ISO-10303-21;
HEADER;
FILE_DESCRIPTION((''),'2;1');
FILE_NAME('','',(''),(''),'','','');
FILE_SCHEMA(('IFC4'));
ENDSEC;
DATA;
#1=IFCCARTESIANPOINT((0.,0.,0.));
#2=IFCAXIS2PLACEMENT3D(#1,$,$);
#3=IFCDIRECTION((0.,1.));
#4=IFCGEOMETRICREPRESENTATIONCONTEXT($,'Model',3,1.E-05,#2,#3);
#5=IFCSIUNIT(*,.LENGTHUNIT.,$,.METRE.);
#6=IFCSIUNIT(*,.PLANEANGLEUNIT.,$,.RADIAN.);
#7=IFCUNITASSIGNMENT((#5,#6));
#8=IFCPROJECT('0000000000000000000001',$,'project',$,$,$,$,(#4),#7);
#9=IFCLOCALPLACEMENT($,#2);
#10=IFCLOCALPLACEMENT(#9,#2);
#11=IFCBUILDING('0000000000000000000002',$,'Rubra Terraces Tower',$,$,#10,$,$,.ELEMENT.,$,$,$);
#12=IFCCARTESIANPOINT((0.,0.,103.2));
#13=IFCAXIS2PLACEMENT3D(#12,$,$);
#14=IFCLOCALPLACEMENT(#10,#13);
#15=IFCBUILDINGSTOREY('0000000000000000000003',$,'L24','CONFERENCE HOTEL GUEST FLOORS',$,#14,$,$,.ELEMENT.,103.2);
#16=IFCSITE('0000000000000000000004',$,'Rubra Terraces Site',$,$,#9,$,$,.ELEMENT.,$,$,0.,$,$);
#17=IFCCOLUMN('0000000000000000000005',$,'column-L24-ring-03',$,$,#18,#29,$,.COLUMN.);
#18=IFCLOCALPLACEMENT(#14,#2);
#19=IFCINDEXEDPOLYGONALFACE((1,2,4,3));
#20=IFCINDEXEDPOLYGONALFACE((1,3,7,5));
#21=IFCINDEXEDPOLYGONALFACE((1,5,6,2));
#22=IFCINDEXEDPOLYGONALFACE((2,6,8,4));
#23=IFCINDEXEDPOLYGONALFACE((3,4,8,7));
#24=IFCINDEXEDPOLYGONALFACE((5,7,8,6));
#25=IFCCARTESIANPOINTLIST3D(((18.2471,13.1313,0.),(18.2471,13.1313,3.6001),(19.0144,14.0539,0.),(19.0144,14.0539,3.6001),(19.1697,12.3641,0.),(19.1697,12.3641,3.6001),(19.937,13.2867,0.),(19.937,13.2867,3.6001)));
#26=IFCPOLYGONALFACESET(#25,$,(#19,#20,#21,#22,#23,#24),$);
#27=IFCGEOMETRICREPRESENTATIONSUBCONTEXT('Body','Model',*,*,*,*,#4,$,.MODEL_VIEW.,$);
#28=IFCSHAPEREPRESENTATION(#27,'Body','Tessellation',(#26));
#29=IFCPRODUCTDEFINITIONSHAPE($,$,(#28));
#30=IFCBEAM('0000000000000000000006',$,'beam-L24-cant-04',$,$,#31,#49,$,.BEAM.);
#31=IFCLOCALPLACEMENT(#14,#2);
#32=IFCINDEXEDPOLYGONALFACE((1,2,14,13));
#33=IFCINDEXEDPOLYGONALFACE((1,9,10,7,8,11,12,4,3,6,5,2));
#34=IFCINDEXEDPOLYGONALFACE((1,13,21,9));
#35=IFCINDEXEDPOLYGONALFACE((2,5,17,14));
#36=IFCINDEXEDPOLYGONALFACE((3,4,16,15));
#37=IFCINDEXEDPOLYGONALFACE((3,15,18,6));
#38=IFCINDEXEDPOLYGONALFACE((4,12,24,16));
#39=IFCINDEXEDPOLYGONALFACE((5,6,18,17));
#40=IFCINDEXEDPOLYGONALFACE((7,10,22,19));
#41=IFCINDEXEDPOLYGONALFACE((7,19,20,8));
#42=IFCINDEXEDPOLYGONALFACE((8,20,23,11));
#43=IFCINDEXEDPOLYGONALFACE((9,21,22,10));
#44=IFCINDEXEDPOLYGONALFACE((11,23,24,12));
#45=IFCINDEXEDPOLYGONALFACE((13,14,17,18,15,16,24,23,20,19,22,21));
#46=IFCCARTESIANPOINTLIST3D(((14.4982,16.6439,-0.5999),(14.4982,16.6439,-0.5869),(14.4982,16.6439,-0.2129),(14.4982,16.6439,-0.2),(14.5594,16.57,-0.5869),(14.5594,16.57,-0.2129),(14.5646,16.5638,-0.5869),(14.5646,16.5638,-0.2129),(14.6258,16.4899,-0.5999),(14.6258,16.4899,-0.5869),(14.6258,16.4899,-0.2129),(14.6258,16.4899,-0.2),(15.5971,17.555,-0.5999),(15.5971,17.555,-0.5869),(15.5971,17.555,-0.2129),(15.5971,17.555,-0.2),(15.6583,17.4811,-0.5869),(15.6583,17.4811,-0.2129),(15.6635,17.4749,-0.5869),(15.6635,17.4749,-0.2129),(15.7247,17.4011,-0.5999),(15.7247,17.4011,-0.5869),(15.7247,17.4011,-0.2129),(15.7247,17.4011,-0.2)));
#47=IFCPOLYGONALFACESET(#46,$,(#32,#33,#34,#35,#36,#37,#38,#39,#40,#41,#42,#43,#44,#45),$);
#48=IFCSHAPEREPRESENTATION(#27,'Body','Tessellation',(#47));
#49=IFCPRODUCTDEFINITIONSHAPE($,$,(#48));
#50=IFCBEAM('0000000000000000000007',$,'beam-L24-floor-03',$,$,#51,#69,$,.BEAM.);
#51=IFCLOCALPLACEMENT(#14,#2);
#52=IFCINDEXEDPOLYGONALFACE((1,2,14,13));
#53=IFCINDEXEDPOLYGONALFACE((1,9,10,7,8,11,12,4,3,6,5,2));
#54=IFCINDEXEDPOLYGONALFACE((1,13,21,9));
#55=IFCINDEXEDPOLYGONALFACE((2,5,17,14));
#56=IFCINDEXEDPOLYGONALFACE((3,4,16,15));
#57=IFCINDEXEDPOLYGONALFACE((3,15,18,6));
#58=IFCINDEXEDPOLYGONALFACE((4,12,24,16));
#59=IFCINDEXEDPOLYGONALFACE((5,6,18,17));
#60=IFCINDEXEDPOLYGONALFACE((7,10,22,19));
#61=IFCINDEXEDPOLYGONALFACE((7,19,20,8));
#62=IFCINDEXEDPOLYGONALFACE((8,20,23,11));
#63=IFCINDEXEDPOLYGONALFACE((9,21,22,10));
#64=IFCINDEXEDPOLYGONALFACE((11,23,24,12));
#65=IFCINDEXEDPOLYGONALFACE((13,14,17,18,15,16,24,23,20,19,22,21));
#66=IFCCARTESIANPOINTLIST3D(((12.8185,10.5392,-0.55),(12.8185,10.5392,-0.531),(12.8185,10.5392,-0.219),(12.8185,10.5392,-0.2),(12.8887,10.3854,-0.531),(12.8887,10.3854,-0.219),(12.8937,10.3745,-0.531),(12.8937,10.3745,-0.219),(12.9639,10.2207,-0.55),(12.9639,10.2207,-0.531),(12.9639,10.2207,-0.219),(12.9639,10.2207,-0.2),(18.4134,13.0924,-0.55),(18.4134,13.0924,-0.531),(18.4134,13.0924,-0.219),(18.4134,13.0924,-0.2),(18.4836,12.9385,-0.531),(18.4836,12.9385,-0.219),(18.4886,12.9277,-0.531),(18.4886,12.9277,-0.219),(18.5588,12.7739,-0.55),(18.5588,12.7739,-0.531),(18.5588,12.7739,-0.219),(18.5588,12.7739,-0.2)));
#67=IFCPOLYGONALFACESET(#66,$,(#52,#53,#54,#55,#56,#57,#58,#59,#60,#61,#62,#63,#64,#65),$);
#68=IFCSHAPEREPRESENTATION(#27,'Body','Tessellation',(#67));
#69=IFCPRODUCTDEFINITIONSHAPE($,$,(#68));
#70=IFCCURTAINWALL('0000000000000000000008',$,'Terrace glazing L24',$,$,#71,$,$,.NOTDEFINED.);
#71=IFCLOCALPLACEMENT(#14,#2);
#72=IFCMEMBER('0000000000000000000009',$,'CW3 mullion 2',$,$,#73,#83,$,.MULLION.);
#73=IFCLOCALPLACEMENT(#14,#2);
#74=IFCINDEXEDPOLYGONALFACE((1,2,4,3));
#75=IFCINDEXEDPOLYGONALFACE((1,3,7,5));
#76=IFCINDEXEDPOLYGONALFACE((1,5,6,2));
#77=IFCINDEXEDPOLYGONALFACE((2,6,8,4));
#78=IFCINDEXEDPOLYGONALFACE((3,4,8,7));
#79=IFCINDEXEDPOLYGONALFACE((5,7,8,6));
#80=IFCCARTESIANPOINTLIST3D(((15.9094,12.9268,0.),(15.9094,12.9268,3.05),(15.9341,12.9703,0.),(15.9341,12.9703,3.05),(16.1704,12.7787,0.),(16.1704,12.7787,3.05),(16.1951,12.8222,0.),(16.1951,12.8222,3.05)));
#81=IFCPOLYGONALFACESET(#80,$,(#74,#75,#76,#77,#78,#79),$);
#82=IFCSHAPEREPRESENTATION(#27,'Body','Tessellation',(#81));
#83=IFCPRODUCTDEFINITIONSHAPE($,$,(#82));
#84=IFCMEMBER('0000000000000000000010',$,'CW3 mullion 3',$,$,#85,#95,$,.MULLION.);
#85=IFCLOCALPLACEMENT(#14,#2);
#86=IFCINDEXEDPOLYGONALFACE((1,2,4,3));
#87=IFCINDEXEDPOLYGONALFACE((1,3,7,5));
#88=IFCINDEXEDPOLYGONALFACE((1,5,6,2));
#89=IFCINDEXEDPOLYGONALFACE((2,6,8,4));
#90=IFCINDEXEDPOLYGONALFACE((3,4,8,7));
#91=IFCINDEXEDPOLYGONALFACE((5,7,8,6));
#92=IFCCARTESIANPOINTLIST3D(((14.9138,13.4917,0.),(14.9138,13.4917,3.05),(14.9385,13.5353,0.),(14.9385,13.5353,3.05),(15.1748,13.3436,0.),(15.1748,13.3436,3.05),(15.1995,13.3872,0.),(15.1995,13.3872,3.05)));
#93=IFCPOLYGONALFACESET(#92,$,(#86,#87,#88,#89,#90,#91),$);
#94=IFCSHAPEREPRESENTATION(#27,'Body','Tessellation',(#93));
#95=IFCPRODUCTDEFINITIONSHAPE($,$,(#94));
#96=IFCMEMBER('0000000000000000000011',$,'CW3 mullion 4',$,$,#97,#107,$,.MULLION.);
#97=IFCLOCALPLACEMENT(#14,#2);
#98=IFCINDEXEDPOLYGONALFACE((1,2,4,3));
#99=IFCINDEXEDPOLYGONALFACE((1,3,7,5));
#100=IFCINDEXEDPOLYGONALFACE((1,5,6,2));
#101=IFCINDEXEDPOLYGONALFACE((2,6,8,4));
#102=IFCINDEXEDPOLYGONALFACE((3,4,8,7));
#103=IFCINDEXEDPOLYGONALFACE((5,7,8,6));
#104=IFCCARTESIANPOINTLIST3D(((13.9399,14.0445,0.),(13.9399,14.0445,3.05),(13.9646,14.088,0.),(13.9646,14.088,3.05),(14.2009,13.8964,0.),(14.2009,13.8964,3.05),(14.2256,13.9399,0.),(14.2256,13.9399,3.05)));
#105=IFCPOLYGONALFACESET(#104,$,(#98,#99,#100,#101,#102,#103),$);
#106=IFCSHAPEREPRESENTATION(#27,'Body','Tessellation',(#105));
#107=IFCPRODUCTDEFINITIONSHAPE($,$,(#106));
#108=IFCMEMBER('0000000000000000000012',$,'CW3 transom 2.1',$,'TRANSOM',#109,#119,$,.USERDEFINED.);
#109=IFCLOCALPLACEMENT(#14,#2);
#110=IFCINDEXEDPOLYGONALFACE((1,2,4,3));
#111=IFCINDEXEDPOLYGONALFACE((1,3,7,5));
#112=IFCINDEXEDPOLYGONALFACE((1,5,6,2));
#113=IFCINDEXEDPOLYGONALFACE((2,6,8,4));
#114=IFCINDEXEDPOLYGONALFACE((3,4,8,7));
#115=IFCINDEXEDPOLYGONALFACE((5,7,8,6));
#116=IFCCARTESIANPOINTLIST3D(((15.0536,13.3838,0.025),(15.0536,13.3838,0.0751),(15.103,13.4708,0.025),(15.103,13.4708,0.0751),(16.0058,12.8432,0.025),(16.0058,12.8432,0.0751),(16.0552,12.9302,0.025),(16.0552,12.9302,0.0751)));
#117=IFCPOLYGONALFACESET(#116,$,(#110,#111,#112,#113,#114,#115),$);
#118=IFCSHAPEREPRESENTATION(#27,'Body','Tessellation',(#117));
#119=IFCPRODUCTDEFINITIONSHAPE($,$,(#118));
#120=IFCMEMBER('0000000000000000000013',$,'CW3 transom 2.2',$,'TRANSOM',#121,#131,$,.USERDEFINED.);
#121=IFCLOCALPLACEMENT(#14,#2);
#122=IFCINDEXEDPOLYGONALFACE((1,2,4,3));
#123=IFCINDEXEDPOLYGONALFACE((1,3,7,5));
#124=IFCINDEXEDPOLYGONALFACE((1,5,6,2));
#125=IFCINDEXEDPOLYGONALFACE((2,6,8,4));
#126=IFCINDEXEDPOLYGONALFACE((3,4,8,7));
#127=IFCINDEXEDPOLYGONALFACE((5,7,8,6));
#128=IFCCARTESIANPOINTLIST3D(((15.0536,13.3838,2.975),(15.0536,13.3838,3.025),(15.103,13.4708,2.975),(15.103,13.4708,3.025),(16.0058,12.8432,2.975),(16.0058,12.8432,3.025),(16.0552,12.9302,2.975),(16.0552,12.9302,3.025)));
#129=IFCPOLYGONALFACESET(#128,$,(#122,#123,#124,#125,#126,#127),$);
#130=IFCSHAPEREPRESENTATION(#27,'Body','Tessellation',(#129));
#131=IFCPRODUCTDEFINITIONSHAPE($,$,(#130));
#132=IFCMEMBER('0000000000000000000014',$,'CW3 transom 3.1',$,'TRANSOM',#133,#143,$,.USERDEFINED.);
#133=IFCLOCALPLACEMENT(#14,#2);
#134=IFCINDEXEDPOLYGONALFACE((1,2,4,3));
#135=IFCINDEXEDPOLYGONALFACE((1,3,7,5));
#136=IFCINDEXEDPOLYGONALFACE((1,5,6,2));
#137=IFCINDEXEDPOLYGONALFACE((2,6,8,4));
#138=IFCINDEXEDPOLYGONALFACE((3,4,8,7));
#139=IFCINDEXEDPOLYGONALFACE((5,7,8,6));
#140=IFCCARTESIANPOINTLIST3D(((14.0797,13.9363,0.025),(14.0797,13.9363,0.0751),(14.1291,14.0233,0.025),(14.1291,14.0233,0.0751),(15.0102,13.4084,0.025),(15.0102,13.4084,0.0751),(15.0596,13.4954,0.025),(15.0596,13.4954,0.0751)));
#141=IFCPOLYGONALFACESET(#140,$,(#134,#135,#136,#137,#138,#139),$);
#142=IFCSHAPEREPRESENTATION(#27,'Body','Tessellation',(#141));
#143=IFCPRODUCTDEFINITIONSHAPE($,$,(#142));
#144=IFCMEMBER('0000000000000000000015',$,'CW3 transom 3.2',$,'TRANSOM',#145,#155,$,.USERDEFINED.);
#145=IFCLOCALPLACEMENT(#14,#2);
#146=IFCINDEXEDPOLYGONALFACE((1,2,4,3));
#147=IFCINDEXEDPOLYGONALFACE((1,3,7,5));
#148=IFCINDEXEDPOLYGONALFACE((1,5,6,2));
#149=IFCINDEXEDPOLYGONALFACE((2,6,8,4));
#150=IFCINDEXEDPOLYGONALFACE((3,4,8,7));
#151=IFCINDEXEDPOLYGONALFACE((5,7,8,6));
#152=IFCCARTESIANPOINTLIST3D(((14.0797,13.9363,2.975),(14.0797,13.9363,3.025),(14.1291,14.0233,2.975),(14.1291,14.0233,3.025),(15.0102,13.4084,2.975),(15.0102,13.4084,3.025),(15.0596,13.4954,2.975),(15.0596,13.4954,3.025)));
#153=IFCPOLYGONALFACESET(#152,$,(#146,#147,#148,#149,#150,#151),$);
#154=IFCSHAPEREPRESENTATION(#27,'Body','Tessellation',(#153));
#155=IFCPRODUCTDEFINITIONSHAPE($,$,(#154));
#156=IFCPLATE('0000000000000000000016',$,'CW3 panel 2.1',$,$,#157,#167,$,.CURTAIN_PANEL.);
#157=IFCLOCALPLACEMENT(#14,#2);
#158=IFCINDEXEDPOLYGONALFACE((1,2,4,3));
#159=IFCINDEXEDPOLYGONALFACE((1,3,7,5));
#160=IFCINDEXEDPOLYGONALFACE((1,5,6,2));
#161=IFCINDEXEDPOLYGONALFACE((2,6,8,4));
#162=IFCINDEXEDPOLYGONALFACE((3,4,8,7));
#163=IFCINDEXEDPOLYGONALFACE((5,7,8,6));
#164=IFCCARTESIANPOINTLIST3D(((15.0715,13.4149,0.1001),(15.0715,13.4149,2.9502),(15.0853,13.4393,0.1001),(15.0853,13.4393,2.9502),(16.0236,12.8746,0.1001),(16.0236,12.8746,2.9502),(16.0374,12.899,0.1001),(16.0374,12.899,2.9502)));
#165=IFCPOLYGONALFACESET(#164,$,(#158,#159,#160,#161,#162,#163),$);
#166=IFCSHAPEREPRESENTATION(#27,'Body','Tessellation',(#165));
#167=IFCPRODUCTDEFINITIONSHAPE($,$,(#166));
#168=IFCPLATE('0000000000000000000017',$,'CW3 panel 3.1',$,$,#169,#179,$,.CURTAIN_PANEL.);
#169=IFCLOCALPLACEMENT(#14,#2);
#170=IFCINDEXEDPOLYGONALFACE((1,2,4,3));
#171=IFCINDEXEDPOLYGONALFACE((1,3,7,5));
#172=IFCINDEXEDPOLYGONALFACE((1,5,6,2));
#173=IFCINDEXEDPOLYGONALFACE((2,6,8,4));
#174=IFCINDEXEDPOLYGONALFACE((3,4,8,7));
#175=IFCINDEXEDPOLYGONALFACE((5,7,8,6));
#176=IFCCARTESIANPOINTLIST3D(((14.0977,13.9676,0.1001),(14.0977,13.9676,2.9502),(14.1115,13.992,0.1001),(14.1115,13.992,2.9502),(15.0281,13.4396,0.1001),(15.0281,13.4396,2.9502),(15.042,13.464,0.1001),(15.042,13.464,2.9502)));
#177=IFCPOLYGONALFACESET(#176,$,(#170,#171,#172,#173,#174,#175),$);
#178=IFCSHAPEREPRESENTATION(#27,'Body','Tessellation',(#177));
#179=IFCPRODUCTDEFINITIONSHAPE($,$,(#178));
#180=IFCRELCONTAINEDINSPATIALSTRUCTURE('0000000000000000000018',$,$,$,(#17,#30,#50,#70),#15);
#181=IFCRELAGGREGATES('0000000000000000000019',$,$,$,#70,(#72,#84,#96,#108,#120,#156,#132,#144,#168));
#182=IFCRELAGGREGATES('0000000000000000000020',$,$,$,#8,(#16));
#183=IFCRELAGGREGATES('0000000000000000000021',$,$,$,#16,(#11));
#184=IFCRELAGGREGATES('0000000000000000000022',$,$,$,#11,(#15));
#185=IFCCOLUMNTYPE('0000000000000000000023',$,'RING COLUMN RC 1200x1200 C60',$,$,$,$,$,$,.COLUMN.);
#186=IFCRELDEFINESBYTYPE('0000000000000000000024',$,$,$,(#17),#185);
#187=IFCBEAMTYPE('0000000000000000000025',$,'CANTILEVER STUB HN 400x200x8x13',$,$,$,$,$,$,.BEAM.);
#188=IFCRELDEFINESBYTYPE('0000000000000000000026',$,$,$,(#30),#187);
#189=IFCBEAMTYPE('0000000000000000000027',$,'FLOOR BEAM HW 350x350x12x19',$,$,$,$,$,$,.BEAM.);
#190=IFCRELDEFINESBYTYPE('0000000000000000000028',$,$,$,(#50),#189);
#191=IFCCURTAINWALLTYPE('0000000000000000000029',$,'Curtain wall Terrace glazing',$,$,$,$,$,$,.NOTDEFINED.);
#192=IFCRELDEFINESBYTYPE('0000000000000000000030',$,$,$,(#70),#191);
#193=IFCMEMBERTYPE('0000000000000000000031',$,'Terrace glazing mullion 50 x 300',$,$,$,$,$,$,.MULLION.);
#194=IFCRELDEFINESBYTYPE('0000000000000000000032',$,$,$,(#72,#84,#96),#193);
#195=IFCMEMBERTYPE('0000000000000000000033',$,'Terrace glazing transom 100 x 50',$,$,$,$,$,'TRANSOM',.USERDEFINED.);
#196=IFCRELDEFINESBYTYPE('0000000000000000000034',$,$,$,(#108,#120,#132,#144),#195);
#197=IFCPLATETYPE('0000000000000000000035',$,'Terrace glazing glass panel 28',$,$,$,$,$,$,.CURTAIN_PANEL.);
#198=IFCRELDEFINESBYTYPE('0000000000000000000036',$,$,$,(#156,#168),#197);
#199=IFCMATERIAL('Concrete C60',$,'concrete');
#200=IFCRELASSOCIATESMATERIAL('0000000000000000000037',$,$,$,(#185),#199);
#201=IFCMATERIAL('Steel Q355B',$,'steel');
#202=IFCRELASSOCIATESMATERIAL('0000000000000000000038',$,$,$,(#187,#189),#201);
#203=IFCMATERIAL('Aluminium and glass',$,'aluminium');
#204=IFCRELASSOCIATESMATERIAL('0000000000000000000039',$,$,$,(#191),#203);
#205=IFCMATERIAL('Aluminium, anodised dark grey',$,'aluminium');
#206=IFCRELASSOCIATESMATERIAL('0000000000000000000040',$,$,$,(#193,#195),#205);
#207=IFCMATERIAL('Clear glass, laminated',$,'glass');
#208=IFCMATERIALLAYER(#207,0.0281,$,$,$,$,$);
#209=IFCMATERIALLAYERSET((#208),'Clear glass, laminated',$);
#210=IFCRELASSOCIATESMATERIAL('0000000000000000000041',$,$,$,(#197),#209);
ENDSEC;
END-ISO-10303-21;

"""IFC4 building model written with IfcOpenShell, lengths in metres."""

from ifc_helpers import new_model, si_unit, direction, frame, origin, origin_2d, place, context, subcontext, project, spatial, rectangle, i_section, extrude, material, layer, layer_set, material_profile, profile_set, type_object, element, aggregate, save


model = new_model("IFC4")

# Units and contexts
model_context = context("Model", 3, precision=1e-05, world=origin(), true_north=direction((0.0, 1.0)))
body_context = subcontext(model_context, "Body", "Model", "MODEL_VIEW")
ifc_project = project(units=[si_unit("LENGTHUNIT", "METRE"), si_unit("PLANEANGLEUNIT", "RADIAN")], contexts=[model_context])

# Site, building, storey
site_placement = place(None, origin())
site = spatial("IfcSite", under=ifc_project, at=site_placement, Name="Rubra Terraces Site", CompositionType="ELEMENT", RefElevation=0.0)
building_placement = place(site_placement, origin())
building = spatial("IfcBuilding", under=site, at=building_placement, Name="Rubra Terraces Tower", CompositionType="ELEMENT")
storey_placement = place(building_placement, frame((0.0, 0.0, 103.2)))
storey = spatial("IfcBuildingStorey", under=building, at=storey_placement, Name="L24", Description="CONFERENCE HOTEL GUEST FLOORS", CompositionType="ELEMENT", Elevation=103.2)

# Column
ifc_material_1 = material(Name="Concrete C60", Category="concrete")
ifc_material_profile_1 = material_profile(ifc_material_1, rectangle(XDim=1.2, YDim=1.2, at=origin_2d()), Name="RC 1200x1200")
ifc_profile_set_1 = profile_set([ifc_material_profile_1], Name="Concrete C60")
column_type = type_object("IfcColumnType", Name="RING COLUMN RC 1200x1200 C60", PredefinedType="COLUMN", material=ifc_profile_set_1)
column_placement = place(storey_placement, frame((19.092, 13.209, 0.0), z_axis=(0.0, 0.0, 1.0), x_axis=(-0.76887, 0.639405, 0.0)))
element("IfcColumn", 1, at=column_placement, inside=storey, type_object=column_type, Name="column-L24-ring-03", PredefinedType="COLUMN", context=body_context, shape_type="SweptSolid", body=[
    extrude(rectangle(XDim=1.2, YDim=1.2, at=origin_2d()), origin(), (0.0, 0.0, 1.0), 3.6001),
])

# Beams
ifc_material_2 = material(Name="Steel Q355B", Category="steel")
ifc_material_profile_2 = material_profile(ifc_material_2, i_section(OverallWidth=0.2, OverallDepth=0.3999, WebThickness=0.0081, FlangeThickness=0.0129, at=origin_2d()), Name="HN 400x200x8x13")
ifc_profile_set_2 = profile_set([ifc_material_profile_2], Name="Steel Q355B")
beam_type_1 = type_object("IfcBeamType", Name="CANTILEVER STUB HN 400x200x8x13", PredefinedType="BEAM", material=ifc_profile_set_2)
beam_1_placement = place(storey_placement, frame((14.562, 16.5669, -0.3999), z_axis=(0.769803, 0.638281, 0.0), x_axis=(-0.638281, 0.769803, 0.0)))
element("IfcBeam", 2, at=beam_1_placement, inside=storey, type_object=beam_type_1, Name="beam-L24-cant-04", PredefinedType="BEAM", context=body_context, shape_type="SweptSolid", body=[
    extrude(i_section(OverallWidth=0.2, OverallDepth=0.3999, WebThickness=0.0081, FlangeThickness=0.0129, at=origin_2d()), origin(), (0.0, 0.0, 1.0), 1.4275),
])
ifc_material_profile_3 = material_profile(ifc_material_2, i_section(OverallWidth=0.3501, OverallDepth=0.3501, WebThickness=0.012, FlangeThickness=0.019, at=origin_2d()), Name="HW 350x350x12x19")
ifc_profile_set_3 = profile_set([ifc_material_profile_3], Name="Steel Q355B")
beam_type_2 = type_object("IfcBeamType", Name="FLOOR BEAM HW 350x350x12x19", PredefinedType="BEAM", material=ifc_profile_set_3)
beam_2_placement = place(storey_placement, frame((18.4861, 12.9331, -0.375), z_axis=(-0.90975, -0.415157, 0.0), x_axis=(0.415157, -0.90975, 0.0)))
element("IfcBeam", 3, at=beam_2_placement, inside=storey, type_object=beam_type_2, Name="beam-L24-floor-03", PredefinedType="BEAM", context=body_context, shape_type="SweptSolid", body=[
    extrude(i_section(OverallWidth=0.3501, OverallDepth=0.3501, WebThickness=0.012, FlangeThickness=0.019, at=origin_2d()), origin(), (0.0, 0.0, 1.0), 6.1499),
])

# Curtain wall, members, plates
ifc_material_3 = material(Name="Aluminium and glass", Category="aluminium")
curtain_wall_type = type_object("IfcCurtainWallType", Name="Curtain wall Terrace glazing", PredefinedType="NOTDEFINED", material=ifc_material_3)
curtain_wall_placement = place(storey_placement, origin())
curtain_wall = element("IfcCurtainWall", 4, at=curtain_wall_placement, inside=storey, type_object=curtain_wall_type, Name="Terrace glazing L24", PredefinedType="NOTDEFINED")
ifc_material_4 = material(Name="Aluminium, anodised dark grey", Category="aluminium")
ifc_material_profile_4 = material_profile(ifc_material_4, rectangle(XDim=0.05, YDim=0.3, at=origin_2d()), Name="AL 50x300")
ifc_profile_set_4 = profile_set([ifc_material_profile_4], Name="Aluminium, anodised dark grey")
member_type_1 = type_object("IfcMemberType", Name="Terrace glazing mullion 50 x 300", PredefinedType="MULLION", material=ifc_profile_set_4)
member_1_placement = place(storey_placement, frame((16.0522, 12.8745, 0.0), z_axis=(0.0, 0.0, 1.0), x_axis=(-0.493534, -0.869726, 0.0)))
member_1 = element("IfcMember", 5, at=member_1_placement, type_object=member_type_1, Name="CW3 mullion 2", PredefinedType="MULLION", context=body_context, shape_type="SweptSolid", body=[
    extrude(rectangle(XDim=0.05, YDim=0.3, at=origin_2d()), origin(), (0.0, 0.0, 1.0), 3.05),
])
member_2_placement = place(storey_placement, frame((15.0566, 13.4395, 0.0), z_axis=(0.0, 0.0, 1.0), x_axis=(-0.493534, -0.869726, 0.0)))
member_2 = element("IfcMember", 6, at=member_2_placement, type_object=member_type_1, Name="CW3 mullion 3", PredefinedType="MULLION", context=body_context, shape_type="SweptSolid", body=[
    extrude(rectangle(XDim=0.05, YDim=0.3, at=origin_2d()), origin(), (0.0, 0.0, 1.0), 3.05),
])
member_3_placement = place(storey_placement, frame((14.0828, 13.9922, 0.0), z_axis=(0.0, 0.0, 1.0), x_axis=(-0.493534, -0.869726, 0.0)))
member_3 = element("IfcMember", 7, at=member_3_placement, type_object=member_type_1, Name="CW3 mullion 4", PredefinedType="MULLION", context=body_context, shape_type="SweptSolid", body=[
    extrude(rectangle(XDim=0.05, YDim=0.3, at=origin_2d()), origin(), (0.0, 0.0, 1.0), 3.05),
])
ifc_material_profile_5 = material_profile(ifc_material_4, rectangle(XDim=0.1001, YDim=0.05, at=origin_2d()), Name="AL 100x50")
ifc_profile_set_5 = profile_set([ifc_material_profile_5], Name="Aluminium, anodised dark grey")
member_type_2 = type_object("IfcMemberType", Name="Terrace glazing transom 100 x 50", ElementType="TRANSOM", PredefinedType="USERDEFINED", material=ifc_profile_set_5)
member_4_placement = place(storey_placement, frame((16.0305, 12.8867, 0.05), z_axis=(-0.869639, 0.493688, 0.0), x_axis=(-0.493688, -0.869639, 0.0)))
member_4 = element("IfcMember", 8, at=member_4_placement, type_object=member_type_2, Name="CW3 transom 2.1", ObjectType="TRANSOM", PredefinedType="USERDEFINED", context=body_context, shape_type="SweptSolid", body=[
    extrude(rectangle(XDim=0.1001, YDim=0.05, at=origin_2d()), origin(), (0.0, 0.0, 1.0), 1.095),
])
member_5_placement = place(storey_placement, frame((16.0305, 12.8867, 3.0), z_axis=(-0.869639, 0.493688, 0.0), x_axis=(-0.493688, -0.869639, 0.0)))
member_5 = element("IfcMember", 9, at=member_5_placement, type_object=member_type_2, Name="CW3 transom 2.2", ObjectType="TRANSOM", PredefinedType="USERDEFINED", context=body_context, shape_type="SweptSolid", body=[
    extrude(rectangle(XDim=0.1001, YDim=0.05, at=origin_2d()), origin(), (0.0, 0.0, 1.0), 1.095),
])
member_6_placement = place(storey_placement, frame((15.0349, 13.4519, 0.05), z_axis=(-0.869784, 0.493433, 0.0), x_axis=(-0.493433, -0.869784, 0.0)))
member_6 = element("IfcMember", 10, at=member_6_placement, type_object=member_type_2, Name="CW3 transom 3.1", ObjectType="TRANSOM", PredefinedType="USERDEFINED", context=body_context, shape_type="SweptSolid", body=[
    extrude(rectangle(XDim=0.1001, YDim=0.05, at=origin_2d()), origin(), (0.0, 0.0, 1.0), 1.0698),
])
member_7_placement = place(storey_placement, frame((15.0349, 13.4519, 3.0), z_axis=(-0.869784, 0.493433, 0.0), x_axis=(-0.493433, -0.869784, 0.0)))
member_7 = element("IfcMember", 11, at=member_7_placement, type_object=member_type_2, Name="CW3 transom 3.2", ObjectType="TRANSOM", PredefinedType="USERDEFINED", context=body_context, shape_type="SweptSolid", body=[
    extrude(rectangle(XDim=0.1001, YDim=0.05, at=origin_2d()), origin(), (0.0, 0.0, 1.0), 1.0698),
])
ifc_material_5 = material(Name="Clear glass, laminated", Category="glass")
ifc_layer_1 = layer(ifc_material_5, 0.0281)
ifc_layer_set_1 = layer_set([ifc_layer_1], Name="Clear glass, laminated")
plate_type = type_object("IfcPlateType", Name="Terrace glazing glass panel 28", PredefinedType="CURTAIN_PANEL", material=ifc_layer_set_1)
plate_1_placement = place(storey_placement, frame((15.5544, 13.157, 0.1001), z_axis=(0.0, 0.0, 1.0), x_axis=(-0.869726, 0.493534, 0.0)))
plate_1 = element("IfcPlate", 12, at=plate_1_placement, type_object=plate_type, Name="CW3 panel 2.1", PredefinedType="CURTAIN_PANEL", context=body_context, shape_type="SweptSolid", body=[
    extrude(rectangle(XDim=1.0947, YDim=0.0281, at=origin_2d()), origin(), (0.0, 0.0, 1.0), 2.8501),
])
plate_2_placement = place(storey_placement, frame((14.5698, 13.7158, 0.1001), z_axis=(0.0, 0.0, 1.0), x_axis=(-0.869726, 0.493534, 0.0)))
plate_2 = element("IfcPlate", 13, at=plate_2_placement, type_object=plate_type, Name="CW3 panel 3.1", PredefinedType="CURTAIN_PANEL", context=body_context, shape_type="SweptSolid", body=[
    extrude(rectangle(XDim=1.0698, YDim=0.0281, at=origin_2d()), origin(), (0.0, 0.0, 1.0), 2.8501),
])
aggregate(curtain_wall, [member_1, member_2, member_3, member_4, member_5, plate_1, member_6, member_7, plate_2])

save(model, "model.ifc")
